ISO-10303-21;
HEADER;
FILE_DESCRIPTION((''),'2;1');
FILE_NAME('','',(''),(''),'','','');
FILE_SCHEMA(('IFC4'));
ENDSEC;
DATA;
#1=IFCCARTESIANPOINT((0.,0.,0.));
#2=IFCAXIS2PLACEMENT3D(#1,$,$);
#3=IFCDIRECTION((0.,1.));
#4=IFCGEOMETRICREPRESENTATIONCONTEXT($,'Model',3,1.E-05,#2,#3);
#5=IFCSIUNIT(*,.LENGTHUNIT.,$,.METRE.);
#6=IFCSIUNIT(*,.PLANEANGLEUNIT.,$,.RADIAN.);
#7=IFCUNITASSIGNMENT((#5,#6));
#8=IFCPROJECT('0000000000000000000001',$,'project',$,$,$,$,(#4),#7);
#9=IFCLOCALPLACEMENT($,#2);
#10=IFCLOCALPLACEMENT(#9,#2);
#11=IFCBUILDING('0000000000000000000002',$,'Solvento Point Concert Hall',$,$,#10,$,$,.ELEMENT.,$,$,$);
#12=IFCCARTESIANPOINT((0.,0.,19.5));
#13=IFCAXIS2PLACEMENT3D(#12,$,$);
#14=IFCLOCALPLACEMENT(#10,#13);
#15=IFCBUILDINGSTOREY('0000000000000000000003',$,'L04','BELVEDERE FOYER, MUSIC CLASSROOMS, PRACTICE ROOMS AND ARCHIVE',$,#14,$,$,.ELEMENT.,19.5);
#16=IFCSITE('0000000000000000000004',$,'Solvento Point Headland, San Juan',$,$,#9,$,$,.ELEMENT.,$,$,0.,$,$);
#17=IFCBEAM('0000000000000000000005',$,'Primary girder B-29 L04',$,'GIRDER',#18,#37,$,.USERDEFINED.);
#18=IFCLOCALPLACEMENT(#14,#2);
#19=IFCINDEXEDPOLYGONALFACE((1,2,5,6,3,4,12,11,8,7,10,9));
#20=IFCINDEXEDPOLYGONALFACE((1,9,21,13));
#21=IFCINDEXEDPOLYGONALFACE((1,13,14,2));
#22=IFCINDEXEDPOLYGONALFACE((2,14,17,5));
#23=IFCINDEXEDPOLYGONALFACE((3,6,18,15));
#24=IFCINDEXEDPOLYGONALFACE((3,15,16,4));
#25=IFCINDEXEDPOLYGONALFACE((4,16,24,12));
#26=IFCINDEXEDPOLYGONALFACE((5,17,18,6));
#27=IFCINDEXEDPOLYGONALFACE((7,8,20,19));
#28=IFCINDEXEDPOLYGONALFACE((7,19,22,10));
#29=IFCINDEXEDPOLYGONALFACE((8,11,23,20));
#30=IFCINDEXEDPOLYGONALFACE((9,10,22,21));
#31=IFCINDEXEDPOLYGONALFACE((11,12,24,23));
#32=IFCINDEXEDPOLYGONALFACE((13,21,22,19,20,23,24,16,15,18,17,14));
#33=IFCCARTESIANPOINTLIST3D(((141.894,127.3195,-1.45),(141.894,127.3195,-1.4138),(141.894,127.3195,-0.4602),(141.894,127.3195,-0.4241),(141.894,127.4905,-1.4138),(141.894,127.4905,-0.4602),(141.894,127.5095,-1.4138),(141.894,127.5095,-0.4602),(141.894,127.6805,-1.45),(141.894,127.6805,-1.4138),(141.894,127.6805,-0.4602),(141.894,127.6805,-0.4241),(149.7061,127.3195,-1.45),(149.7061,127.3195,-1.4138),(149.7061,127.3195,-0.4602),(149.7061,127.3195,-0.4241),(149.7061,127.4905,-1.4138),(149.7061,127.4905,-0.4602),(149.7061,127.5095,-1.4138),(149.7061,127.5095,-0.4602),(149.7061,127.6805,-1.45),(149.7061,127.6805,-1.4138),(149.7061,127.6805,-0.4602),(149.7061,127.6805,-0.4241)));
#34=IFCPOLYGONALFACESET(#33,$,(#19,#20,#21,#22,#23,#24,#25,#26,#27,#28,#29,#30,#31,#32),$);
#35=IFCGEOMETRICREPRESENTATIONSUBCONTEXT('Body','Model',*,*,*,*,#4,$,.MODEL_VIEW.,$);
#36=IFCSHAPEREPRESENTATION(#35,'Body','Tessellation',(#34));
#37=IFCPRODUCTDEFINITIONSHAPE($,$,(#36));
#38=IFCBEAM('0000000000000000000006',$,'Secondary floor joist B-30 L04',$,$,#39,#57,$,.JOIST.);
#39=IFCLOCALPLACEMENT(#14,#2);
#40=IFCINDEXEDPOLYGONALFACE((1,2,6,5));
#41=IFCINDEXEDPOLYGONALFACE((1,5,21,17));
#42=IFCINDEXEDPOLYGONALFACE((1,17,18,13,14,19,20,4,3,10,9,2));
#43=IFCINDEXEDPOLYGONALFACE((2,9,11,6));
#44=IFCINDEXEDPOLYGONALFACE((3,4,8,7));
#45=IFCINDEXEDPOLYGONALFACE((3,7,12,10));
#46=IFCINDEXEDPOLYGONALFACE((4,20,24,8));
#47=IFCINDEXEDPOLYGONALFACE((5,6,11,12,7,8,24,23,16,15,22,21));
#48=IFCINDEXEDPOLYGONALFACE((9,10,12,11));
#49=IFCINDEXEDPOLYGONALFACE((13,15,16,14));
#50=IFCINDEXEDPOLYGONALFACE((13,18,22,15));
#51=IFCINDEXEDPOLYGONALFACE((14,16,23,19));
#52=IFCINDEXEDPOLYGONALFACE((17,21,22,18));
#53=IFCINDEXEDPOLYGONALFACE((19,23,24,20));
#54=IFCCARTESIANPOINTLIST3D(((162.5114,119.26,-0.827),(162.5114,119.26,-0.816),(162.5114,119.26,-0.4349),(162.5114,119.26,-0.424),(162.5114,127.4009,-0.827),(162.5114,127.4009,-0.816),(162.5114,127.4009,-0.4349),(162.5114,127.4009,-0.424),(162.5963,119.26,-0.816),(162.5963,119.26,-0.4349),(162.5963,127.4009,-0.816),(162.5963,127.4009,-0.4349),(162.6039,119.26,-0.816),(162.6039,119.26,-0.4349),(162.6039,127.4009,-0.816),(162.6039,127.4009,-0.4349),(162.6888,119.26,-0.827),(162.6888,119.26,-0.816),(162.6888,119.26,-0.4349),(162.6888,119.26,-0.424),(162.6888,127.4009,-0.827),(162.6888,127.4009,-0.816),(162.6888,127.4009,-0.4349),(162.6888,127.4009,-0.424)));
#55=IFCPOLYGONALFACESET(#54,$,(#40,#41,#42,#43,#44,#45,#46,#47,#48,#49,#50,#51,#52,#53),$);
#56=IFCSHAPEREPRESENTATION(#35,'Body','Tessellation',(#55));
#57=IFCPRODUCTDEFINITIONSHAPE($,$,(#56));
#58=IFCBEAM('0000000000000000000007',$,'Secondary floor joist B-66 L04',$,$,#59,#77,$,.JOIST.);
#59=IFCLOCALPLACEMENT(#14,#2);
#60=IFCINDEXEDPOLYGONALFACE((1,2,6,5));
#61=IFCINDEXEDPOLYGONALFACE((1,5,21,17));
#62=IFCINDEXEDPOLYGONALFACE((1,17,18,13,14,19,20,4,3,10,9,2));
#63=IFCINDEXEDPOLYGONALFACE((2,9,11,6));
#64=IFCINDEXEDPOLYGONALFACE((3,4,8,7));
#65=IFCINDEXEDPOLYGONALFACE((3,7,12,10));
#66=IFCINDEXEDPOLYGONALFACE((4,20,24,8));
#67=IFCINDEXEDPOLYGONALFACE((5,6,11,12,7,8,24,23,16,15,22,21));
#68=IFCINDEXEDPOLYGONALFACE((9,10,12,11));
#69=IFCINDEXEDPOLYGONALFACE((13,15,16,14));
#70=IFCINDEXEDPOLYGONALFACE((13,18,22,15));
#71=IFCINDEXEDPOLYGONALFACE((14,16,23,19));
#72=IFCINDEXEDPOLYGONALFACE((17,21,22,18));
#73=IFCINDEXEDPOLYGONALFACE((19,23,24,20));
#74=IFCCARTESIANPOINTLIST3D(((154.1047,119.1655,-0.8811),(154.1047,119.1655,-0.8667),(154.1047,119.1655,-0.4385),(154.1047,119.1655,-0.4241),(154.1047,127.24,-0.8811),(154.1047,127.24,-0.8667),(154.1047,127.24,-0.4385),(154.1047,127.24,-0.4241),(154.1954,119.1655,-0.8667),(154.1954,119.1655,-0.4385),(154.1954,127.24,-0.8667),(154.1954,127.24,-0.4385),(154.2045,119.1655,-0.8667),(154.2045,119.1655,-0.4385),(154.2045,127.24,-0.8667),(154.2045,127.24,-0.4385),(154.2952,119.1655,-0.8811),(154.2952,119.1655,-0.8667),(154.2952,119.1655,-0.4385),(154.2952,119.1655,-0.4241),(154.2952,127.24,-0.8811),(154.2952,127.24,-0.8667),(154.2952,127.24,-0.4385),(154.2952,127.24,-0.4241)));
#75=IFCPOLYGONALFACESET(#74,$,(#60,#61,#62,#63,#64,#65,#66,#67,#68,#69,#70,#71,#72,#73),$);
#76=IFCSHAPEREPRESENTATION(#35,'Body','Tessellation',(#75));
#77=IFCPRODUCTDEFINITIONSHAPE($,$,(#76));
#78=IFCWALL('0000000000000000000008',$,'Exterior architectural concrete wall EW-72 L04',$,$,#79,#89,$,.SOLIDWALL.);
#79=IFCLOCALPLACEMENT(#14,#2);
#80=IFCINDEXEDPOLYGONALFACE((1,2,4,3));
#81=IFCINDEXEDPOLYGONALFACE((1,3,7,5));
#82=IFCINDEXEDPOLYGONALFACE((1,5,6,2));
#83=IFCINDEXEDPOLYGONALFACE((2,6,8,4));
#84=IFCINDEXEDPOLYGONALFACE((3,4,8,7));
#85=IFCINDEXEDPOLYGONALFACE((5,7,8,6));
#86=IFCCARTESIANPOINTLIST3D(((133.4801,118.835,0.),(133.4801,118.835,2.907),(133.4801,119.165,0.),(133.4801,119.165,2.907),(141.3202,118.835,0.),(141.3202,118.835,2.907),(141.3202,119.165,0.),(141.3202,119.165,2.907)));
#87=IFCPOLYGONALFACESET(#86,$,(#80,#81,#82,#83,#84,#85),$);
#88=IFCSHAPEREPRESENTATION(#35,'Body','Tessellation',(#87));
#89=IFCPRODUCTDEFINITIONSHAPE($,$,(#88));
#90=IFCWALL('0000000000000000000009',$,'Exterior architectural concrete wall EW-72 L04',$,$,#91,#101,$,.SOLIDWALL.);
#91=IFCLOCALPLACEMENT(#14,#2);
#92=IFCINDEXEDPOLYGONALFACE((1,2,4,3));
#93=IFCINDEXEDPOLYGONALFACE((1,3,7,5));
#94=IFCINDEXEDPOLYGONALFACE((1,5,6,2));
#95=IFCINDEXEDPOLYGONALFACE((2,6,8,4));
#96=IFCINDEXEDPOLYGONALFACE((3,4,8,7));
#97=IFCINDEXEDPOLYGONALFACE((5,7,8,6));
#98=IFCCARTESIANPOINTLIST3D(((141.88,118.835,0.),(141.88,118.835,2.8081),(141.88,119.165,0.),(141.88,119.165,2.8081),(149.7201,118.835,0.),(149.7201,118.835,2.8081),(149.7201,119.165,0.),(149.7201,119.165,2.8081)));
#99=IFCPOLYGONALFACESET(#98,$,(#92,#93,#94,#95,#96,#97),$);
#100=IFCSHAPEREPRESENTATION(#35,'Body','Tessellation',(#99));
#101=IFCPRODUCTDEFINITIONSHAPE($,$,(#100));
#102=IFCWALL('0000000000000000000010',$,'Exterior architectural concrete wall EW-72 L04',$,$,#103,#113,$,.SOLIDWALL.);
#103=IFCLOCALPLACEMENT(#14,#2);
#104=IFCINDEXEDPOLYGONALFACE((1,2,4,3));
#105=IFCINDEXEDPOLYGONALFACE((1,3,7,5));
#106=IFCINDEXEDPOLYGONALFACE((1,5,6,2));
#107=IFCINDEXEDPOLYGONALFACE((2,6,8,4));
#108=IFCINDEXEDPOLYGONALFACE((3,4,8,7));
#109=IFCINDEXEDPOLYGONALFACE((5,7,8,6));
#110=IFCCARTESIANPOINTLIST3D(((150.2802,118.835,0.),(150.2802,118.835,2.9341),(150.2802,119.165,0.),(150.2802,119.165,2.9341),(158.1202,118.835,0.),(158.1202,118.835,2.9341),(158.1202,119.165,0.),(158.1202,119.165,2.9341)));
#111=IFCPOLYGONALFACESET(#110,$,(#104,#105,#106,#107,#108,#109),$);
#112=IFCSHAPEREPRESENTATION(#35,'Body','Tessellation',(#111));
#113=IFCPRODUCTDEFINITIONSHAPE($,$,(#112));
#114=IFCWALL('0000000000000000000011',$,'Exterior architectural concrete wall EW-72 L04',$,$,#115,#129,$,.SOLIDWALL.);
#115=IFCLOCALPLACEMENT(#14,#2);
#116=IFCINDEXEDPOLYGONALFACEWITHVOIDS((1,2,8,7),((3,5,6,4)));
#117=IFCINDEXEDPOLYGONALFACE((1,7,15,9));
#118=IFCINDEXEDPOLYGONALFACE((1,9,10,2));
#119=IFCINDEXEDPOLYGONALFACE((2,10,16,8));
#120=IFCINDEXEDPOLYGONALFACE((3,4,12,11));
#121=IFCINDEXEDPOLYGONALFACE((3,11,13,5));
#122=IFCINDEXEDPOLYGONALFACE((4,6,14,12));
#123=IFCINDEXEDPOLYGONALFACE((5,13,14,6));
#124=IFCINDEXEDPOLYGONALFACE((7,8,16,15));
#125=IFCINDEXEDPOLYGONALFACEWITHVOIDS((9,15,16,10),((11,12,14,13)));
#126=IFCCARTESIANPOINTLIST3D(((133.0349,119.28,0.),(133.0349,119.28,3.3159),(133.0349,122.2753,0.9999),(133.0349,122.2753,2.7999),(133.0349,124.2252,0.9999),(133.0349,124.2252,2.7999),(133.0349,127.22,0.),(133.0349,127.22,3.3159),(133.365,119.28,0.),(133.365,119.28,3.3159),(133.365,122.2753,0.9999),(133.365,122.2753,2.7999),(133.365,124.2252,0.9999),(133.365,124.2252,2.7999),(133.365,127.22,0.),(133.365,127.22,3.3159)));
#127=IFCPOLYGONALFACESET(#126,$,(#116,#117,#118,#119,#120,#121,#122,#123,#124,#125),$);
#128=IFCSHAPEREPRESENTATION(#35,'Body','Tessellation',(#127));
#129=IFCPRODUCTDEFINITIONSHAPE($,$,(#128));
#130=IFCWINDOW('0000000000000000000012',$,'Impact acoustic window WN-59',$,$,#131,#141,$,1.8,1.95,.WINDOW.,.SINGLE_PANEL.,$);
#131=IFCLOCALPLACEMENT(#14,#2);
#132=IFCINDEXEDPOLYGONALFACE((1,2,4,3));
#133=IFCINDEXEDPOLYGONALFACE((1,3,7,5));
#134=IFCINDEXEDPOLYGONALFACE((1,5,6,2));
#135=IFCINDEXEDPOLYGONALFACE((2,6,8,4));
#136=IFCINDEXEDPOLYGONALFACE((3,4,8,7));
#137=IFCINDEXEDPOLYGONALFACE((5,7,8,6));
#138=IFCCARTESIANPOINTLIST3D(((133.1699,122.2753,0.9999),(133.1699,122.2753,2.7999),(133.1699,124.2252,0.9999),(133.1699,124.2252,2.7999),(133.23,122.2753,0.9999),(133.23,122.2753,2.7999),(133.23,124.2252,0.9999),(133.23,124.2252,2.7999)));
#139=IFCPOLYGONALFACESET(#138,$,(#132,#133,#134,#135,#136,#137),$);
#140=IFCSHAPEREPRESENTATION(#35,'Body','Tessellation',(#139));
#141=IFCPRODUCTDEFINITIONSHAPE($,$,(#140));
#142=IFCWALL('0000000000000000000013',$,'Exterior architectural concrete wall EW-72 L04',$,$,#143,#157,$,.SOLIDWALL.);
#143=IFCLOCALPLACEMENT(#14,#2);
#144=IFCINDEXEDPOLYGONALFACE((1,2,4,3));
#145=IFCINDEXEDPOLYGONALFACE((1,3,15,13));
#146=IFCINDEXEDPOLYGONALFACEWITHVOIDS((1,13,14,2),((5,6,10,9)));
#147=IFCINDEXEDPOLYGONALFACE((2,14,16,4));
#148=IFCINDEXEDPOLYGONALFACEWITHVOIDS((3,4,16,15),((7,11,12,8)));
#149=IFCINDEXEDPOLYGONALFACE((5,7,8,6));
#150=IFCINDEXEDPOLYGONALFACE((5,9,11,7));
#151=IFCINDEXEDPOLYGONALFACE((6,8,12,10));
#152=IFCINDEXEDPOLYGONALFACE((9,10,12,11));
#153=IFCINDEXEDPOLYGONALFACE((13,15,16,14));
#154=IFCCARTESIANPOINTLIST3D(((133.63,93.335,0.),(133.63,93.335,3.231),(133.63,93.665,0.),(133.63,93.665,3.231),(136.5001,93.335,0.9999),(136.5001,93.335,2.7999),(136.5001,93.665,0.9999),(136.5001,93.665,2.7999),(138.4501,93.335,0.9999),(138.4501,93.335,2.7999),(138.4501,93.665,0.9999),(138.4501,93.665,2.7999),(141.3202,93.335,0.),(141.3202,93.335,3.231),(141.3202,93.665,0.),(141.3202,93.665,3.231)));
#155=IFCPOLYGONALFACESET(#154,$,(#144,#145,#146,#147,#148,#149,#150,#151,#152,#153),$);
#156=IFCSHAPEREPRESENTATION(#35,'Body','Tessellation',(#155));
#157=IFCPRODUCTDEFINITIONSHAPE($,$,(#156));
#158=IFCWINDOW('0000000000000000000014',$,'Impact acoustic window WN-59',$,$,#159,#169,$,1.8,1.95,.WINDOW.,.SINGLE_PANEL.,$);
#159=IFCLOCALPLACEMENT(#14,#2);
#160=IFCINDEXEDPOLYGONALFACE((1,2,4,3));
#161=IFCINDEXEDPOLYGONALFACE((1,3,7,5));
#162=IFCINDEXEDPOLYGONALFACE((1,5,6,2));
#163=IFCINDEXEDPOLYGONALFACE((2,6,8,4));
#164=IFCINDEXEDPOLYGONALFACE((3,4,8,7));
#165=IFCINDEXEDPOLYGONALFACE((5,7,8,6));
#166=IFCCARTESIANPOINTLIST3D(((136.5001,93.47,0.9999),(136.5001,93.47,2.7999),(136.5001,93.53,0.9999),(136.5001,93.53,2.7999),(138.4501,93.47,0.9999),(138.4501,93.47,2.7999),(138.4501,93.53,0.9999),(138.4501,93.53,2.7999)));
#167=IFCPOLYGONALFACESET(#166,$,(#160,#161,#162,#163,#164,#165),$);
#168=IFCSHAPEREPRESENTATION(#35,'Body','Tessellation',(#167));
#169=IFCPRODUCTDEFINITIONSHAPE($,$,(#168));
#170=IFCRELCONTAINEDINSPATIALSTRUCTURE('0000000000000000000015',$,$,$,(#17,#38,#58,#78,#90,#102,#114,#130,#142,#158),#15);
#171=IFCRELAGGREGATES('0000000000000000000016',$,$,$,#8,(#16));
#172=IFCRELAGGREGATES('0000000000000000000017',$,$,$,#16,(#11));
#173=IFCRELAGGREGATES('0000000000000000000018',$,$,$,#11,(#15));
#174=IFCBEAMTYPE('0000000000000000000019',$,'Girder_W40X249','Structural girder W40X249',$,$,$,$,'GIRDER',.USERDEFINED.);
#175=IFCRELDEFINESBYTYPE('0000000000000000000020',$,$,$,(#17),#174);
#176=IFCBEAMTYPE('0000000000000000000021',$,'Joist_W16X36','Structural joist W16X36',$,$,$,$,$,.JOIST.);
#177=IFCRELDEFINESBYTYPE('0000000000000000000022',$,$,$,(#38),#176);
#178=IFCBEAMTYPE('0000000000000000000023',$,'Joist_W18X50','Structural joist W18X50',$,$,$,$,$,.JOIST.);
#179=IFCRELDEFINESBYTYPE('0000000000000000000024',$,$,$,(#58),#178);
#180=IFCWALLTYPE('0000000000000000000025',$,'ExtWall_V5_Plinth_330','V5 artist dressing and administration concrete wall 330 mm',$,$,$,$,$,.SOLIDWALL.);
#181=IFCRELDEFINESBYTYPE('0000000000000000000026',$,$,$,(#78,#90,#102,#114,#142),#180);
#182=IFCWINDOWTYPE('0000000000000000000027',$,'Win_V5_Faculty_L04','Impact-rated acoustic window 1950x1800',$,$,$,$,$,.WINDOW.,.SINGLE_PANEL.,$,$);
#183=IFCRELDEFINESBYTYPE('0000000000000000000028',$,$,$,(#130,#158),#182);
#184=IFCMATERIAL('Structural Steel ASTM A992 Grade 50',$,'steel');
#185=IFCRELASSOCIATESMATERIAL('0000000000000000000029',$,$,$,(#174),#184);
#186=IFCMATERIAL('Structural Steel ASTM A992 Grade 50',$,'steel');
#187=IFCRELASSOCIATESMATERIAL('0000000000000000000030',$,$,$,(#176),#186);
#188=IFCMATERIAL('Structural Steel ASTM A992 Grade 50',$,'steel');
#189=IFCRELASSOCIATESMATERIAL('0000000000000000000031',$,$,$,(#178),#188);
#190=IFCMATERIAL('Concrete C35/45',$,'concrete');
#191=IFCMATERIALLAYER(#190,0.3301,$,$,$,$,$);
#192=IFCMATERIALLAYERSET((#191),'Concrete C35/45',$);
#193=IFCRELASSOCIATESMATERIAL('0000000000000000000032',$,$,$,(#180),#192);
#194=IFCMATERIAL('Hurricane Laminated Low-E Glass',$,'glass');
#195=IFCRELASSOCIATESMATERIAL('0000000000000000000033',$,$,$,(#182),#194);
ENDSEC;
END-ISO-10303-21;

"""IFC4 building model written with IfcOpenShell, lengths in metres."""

from ifc_helpers import new_model, si_unit, direction, frame, frame_2d, origin, origin_2d, place, context, subcontext, project, spatial, rectangle, i_section, extrude, material, layer, layer_set, material_profile, profile_set, type_object, element, fill, save


model = new_model("IFC4")

# Units and contexts
model_context = context("Model", 3, precision=1e-05, world=origin(), true_north=direction((0.0, 1.0)))
body_context = subcontext(model_context, "Body", "Model", "MODEL_VIEW")
ifc_project = project(units=[si_unit("LENGTHUNIT", "METRE"), si_unit("PLANEANGLEUNIT", "RADIAN")], contexts=[model_context])

# Site, building, storey
site_placement = place(None, origin())
site = spatial("IfcSite", under=ifc_project, at=site_placement, Name="Solvento Point Headland, San Juan", CompositionType="ELEMENT", RefElevation=0.0)
building_placement = place(site_placement, origin())
building = spatial("IfcBuilding", under=site, at=building_placement, Name="Solvento Point Concert Hall", CompositionType="ELEMENT")
storey_placement = place(building_placement, frame((0.0, 0.0, 19.5)))
storey = spatial("IfcBuildingStorey", under=building, at=storey_placement, Name="L04", Description="BELVEDERE FOYER, MUSIC CLASSROOMS, PRACTICE ROOMS AND ARCHIVE", CompositionType="ELEMENT", Elevation=19.5)

# Beams
ifc_material_1 = material(Name="Structural Steel ASTM A992 Grade 50", Category="steel")
ifc_material_profile_1 = material_profile(ifc_material_1, i_section(OverallWidth=0.3611, OverallDepth=1.0259, WebThickness=0.019, FlangeThickness=0.0361, at=origin_2d()), Name="W40X249")
ifc_profile_set_1 = profile_set([ifc_material_profile_1], Name="Structural Steel ASTM A992 Grade 50")
beam_type_1 = type_object("IfcBeamType", Name="Girder_W40X249", Description="Structural girder W40X249", ElementType="GIRDER", PredefinedType="USERDEFINED", material=ifc_profile_set_1)
for number, where, z_axis, x_axis, name in (
    (1, (141.894, 127.5, -0.937), (1.0, 0.0, 0.0), (0.0, 1.0, 0.0), "Primary girder B-29 L04"),
):
    element("IfcBeam", number, at=place(storey_placement, frame(where, z_axis=z_axis, x_axis=x_axis)), inside=storey, type_object=beam_type_1, Name=name, ObjectType="GIRDER", PredefinedType="USERDEFINED", context=body_context, shape_type="SweptSolid", body=[
        extrude(i_section(OverallWidth=0.3611, OverallDepth=1.0259, WebThickness=0.019, FlangeThickness=0.0361, at=origin_2d()), origin(), (0.0, 0.0, 1.0), 7.812),
    ])
ifc_material_2 = material(Name="Structural Steel ASTM A992 Grade 50", Category="steel")
ifc_material_profile_2 = material_profile(ifc_material_2, i_section(OverallWidth=0.1775, OverallDepth=0.4031, WebThickness=0.0076, FlangeThickness=0.011, at=origin_2d()), Name="W16X36")
ifc_profile_set_2 = profile_set([ifc_material_profile_2], Name="Structural Steel ASTM A992 Grade 50")
beam_type_2 = type_object("IfcBeamType", Name="Joist_W16X36", Description="Structural joist W16X36", PredefinedType="JOIST", material=ifc_profile_set_2)
beam_1_placement = place(storey_placement, frame((162.6001, 119.26, -0.6255), z_axis=(0.0, 1.0, 0.0), x_axis=(-1.0, 0.0, 0.0)))
element("IfcBeam", 2, at=beam_1_placement, inside=storey, type_object=beam_type_2, Name="Secondary floor joist B-30 L04", PredefinedType="JOIST", context=body_context, shape_type="SweptSolid", body=[
    extrude(i_section(OverallWidth=0.1775, OverallDepth=0.4031, WebThickness=0.0076, FlangeThickness=0.011, at=origin_2d()), origin(), (0.0, 0.0, 1.0), 8.1409),
])
ifc_material_3 = material(Name="Structural Steel ASTM A992 Grade 50", Category="steel")
ifc_material_profile_3 = material_profile(ifc_material_3, i_section(OverallWidth=0.1904, OverallDepth=0.457, WebThickness=0.009, FlangeThickness=0.0144, at=origin_2d()), Name="W18X50")
ifc_profile_set_3 = profile_set([ifc_material_profile_3], Name="Structural Steel ASTM A992 Grade 50")
beam_type_3 = type_object("IfcBeamType", Name="Joist_W18X50", Description="Structural joist W18X50", PredefinedType="JOIST", material=ifc_profile_set_3)
beam_2_placement = place(storey_placement, frame((154.2, 119.1655, -0.6526), z_axis=(0.0, 1.0, 0.0), x_axis=(-1.0, 0.0, 0.0)))
element("IfcBeam", 3, at=beam_2_placement, inside=storey, type_object=beam_type_3, Name="Secondary floor joist B-66 L04", PredefinedType="JOIST", context=body_context, shape_type="SweptSolid", body=[
    extrude(i_section(OverallWidth=0.1904, OverallDepth=0.457, WebThickness=0.009, FlangeThickness=0.0144, at=origin_2d()), origin(), (0.0, 0.0, 1.0), 8.0745),
])

# Walls
ifc_material_4 = material(Name="Concrete C35/45", Category="concrete")
ifc_layer_1 = layer(ifc_material_4, 0.3301)
ifc_layer_set_1 = layer_set([ifc_layer_1], Name="Concrete C35/45")
wall_type = type_object("IfcWallType", Name="ExtWall_V5_Plinth_330", Description="V5 artist dressing and administration concrete wall 330 mm", PredefinedType="SOLIDWALL", material=ifc_layer_set_1)
wall_1_placement = place(storey_placement, frame((141.3201, 119.0, 0.0), z_axis=(0.0, 0.0, 1.0), x_axis=(-1.0, 0.0, 0.0)))
element("IfcWall", 4, at=wall_1_placement, inside=storey, type_object=wall_type, Name="Exterior architectural concrete wall EW-72 L04", PredefinedType="SOLIDWALL", context=body_context, shape_type="SweptSolid", body=[
    extrude(rectangle(XDim=7.8401, YDim=0.3301, at=frame_2d((3.9199, 0.0))), origin(), (0.0, 0.0, 1.0), 2.907),
])
wall_2_placement = place(storey_placement, frame((149.72, 119.0, 0.0), z_axis=(0.0, 0.0, 1.0), x_axis=(-1.0, 0.0, 0.0)))
element("IfcWall", 5, at=wall_2_placement, inside=storey, type_object=wall_type, Name="Exterior architectural concrete wall EW-72 L04", PredefinedType="SOLIDWALL", context=body_context, shape_type="SweptSolid", body=[
    extrude(rectangle(XDim=7.8401, YDim=0.3301, at=frame_2d((3.9199, 0.0))), origin(), (0.0, 0.0, 1.0), 2.8081),
])
wall_3_placement = place(storey_placement, frame((158.1201, 119.0, 0.0), z_axis=(0.0, 0.0, 1.0), x_axis=(-1.0, 0.0, 0.0)))
element("IfcWall", 6, at=wall_3_placement, inside=storey, type_object=wall_type, Name="Exterior architectural concrete wall EW-72 L04", PredefinedType="SOLIDWALL", context=body_context, shape_type="SweptSolid", body=[
    extrude(rectangle(XDim=7.8401, YDim=0.3301, at=frame_2d((3.9199, 0.0))), origin(), (0.0, 0.0, 1.0), 2.9341),
])

# Walls, openings, windows
wall_4_placement = place(storey_placement, frame((133.2, 119.28, 0.0), z_axis=(0.0, 0.0, 1.0), x_axis=(0.0, 1.0, 0.0)))
wall_4 = element("IfcWall", 7, at=wall_4_placement, inside=storey, type_object=wall_type, Name="Exterior architectural concrete wall EW-72 L04", PredefinedType="SOLIDWALL", context=body_context, shape_type="SweptSolid", body=[
    extrude(rectangle(XDim=7.9399, YDim=0.3301, at=frame_2d((3.97, 0.0))), origin(), (0.0, 0.0, 1.0), 3.3159),
])
opening_1_placement = place(wall_4_placement, frame((2.9951, 0.0, 1.0)))
opening_1 = element("IfcOpeningElement", 8, at=opening_1_placement, cuts=wall_4, PredefinedType="OPENING", context=body_context, shape_type="SweptSolid", body=[
    extrude(rectangle(XDim=1.95, YDim=1.8, at=frame_2d((0.9751, 0.8999))), frame((0.0, 0.175, 0.0), z_axis=(0.0, -1.0, 0.0), x_axis=(1.0, 0.0, 0.0)), (0.0, 0.0, 1.0), 0.3501),
])
ifc_material_5 = material(Name="Hurricane Laminated Low-E Glass", Category="glass")
window_type = type_object("IfcWindowType", Name="Win_V5_Faculty_L04", Description="Impact-rated acoustic window 1950x1800", PartitioningType="SINGLE_PANEL", PredefinedType="WINDOW", material=ifc_material_5)
window_1_placement = place(opening_1_placement, origin())
window_1 = element("IfcWindow", 9, at=window_1_placement, inside=storey, type_object=window_type, Name="Impact acoustic window WN-59", OverallHeight=1.8, OverallWidth=1.95, PartitioningType="SINGLE_PANEL", PredefinedType="WINDOW", context=body_context, shape_type="SweptSolid", body=[
    extrude(rectangle(XDim=1.95, YDim=1.8, at=frame_2d((0.9751, 0.8999))), frame((0.0, 0.03, 0.0), z_axis=(0.0, -1.0, 0.0), x_axis=(1.0, 0.0, 0.0)), (0.0, 0.0, 1.0), 0.0601),
])
fill(opening_1, window_1)
wall_5_placement = place(storey_placement, frame((133.6299, 93.5, 0.0), z_axis=(0.0, 0.0, 1.0), x_axis=(1.0, 0.0, 0.0)))
wall_5 = element("IfcWall", 10, at=wall_5_placement, inside=storey, type_object=wall_type, Name="Exterior architectural concrete wall EW-72 L04", PredefinedType="SOLIDWALL", context=body_context, shape_type="SweptSolid", body=[
    extrude(rectangle(XDim=7.6902, YDim=0.3301, at=frame_2d((3.8452, 0.0))), origin(), (0.0, 0.0, 1.0), 3.231),
])
opening_2_placement = place(wall_5_placement, frame((2.8701, 0.0, 1.0)))
opening_2 = element("IfcOpeningElement", 11, at=opening_2_placement, cuts=wall_5, PredefinedType="OPENING", context=body_context, shape_type="SweptSolid", body=[
    extrude(rectangle(XDim=1.95, YDim=1.8, at=frame_2d((0.9751, 0.8999))), frame((0.0, 0.175, 0.0), z_axis=(0.0, -1.0, 0.0), x_axis=(1.0, 0.0, 0.0)), (0.0, 0.0, 1.0), 0.3501),
])
window_2_placement = place(opening_2_placement, origin())
window_2 = element("IfcWindow", 12, at=window_2_placement, inside=storey, type_object=window_type, Name="Impact acoustic window WN-59", OverallHeight=1.8, OverallWidth=1.95, PartitioningType="SINGLE_PANEL", PredefinedType="WINDOW", context=body_context, shape_type="SweptSolid", body=[
    extrude(rectangle(XDim=1.95, YDim=1.8, at=frame_2d((0.9751, 0.8999))), frame((0.0, 0.03, 0.0), z_axis=(0.0, -1.0, 0.0), x_axis=(1.0, 0.0, 0.0)), (0.0, 0.0, 1.0), 0.0601),
])
fill(opening_2, window_2)

save(model, "model.ifc")
